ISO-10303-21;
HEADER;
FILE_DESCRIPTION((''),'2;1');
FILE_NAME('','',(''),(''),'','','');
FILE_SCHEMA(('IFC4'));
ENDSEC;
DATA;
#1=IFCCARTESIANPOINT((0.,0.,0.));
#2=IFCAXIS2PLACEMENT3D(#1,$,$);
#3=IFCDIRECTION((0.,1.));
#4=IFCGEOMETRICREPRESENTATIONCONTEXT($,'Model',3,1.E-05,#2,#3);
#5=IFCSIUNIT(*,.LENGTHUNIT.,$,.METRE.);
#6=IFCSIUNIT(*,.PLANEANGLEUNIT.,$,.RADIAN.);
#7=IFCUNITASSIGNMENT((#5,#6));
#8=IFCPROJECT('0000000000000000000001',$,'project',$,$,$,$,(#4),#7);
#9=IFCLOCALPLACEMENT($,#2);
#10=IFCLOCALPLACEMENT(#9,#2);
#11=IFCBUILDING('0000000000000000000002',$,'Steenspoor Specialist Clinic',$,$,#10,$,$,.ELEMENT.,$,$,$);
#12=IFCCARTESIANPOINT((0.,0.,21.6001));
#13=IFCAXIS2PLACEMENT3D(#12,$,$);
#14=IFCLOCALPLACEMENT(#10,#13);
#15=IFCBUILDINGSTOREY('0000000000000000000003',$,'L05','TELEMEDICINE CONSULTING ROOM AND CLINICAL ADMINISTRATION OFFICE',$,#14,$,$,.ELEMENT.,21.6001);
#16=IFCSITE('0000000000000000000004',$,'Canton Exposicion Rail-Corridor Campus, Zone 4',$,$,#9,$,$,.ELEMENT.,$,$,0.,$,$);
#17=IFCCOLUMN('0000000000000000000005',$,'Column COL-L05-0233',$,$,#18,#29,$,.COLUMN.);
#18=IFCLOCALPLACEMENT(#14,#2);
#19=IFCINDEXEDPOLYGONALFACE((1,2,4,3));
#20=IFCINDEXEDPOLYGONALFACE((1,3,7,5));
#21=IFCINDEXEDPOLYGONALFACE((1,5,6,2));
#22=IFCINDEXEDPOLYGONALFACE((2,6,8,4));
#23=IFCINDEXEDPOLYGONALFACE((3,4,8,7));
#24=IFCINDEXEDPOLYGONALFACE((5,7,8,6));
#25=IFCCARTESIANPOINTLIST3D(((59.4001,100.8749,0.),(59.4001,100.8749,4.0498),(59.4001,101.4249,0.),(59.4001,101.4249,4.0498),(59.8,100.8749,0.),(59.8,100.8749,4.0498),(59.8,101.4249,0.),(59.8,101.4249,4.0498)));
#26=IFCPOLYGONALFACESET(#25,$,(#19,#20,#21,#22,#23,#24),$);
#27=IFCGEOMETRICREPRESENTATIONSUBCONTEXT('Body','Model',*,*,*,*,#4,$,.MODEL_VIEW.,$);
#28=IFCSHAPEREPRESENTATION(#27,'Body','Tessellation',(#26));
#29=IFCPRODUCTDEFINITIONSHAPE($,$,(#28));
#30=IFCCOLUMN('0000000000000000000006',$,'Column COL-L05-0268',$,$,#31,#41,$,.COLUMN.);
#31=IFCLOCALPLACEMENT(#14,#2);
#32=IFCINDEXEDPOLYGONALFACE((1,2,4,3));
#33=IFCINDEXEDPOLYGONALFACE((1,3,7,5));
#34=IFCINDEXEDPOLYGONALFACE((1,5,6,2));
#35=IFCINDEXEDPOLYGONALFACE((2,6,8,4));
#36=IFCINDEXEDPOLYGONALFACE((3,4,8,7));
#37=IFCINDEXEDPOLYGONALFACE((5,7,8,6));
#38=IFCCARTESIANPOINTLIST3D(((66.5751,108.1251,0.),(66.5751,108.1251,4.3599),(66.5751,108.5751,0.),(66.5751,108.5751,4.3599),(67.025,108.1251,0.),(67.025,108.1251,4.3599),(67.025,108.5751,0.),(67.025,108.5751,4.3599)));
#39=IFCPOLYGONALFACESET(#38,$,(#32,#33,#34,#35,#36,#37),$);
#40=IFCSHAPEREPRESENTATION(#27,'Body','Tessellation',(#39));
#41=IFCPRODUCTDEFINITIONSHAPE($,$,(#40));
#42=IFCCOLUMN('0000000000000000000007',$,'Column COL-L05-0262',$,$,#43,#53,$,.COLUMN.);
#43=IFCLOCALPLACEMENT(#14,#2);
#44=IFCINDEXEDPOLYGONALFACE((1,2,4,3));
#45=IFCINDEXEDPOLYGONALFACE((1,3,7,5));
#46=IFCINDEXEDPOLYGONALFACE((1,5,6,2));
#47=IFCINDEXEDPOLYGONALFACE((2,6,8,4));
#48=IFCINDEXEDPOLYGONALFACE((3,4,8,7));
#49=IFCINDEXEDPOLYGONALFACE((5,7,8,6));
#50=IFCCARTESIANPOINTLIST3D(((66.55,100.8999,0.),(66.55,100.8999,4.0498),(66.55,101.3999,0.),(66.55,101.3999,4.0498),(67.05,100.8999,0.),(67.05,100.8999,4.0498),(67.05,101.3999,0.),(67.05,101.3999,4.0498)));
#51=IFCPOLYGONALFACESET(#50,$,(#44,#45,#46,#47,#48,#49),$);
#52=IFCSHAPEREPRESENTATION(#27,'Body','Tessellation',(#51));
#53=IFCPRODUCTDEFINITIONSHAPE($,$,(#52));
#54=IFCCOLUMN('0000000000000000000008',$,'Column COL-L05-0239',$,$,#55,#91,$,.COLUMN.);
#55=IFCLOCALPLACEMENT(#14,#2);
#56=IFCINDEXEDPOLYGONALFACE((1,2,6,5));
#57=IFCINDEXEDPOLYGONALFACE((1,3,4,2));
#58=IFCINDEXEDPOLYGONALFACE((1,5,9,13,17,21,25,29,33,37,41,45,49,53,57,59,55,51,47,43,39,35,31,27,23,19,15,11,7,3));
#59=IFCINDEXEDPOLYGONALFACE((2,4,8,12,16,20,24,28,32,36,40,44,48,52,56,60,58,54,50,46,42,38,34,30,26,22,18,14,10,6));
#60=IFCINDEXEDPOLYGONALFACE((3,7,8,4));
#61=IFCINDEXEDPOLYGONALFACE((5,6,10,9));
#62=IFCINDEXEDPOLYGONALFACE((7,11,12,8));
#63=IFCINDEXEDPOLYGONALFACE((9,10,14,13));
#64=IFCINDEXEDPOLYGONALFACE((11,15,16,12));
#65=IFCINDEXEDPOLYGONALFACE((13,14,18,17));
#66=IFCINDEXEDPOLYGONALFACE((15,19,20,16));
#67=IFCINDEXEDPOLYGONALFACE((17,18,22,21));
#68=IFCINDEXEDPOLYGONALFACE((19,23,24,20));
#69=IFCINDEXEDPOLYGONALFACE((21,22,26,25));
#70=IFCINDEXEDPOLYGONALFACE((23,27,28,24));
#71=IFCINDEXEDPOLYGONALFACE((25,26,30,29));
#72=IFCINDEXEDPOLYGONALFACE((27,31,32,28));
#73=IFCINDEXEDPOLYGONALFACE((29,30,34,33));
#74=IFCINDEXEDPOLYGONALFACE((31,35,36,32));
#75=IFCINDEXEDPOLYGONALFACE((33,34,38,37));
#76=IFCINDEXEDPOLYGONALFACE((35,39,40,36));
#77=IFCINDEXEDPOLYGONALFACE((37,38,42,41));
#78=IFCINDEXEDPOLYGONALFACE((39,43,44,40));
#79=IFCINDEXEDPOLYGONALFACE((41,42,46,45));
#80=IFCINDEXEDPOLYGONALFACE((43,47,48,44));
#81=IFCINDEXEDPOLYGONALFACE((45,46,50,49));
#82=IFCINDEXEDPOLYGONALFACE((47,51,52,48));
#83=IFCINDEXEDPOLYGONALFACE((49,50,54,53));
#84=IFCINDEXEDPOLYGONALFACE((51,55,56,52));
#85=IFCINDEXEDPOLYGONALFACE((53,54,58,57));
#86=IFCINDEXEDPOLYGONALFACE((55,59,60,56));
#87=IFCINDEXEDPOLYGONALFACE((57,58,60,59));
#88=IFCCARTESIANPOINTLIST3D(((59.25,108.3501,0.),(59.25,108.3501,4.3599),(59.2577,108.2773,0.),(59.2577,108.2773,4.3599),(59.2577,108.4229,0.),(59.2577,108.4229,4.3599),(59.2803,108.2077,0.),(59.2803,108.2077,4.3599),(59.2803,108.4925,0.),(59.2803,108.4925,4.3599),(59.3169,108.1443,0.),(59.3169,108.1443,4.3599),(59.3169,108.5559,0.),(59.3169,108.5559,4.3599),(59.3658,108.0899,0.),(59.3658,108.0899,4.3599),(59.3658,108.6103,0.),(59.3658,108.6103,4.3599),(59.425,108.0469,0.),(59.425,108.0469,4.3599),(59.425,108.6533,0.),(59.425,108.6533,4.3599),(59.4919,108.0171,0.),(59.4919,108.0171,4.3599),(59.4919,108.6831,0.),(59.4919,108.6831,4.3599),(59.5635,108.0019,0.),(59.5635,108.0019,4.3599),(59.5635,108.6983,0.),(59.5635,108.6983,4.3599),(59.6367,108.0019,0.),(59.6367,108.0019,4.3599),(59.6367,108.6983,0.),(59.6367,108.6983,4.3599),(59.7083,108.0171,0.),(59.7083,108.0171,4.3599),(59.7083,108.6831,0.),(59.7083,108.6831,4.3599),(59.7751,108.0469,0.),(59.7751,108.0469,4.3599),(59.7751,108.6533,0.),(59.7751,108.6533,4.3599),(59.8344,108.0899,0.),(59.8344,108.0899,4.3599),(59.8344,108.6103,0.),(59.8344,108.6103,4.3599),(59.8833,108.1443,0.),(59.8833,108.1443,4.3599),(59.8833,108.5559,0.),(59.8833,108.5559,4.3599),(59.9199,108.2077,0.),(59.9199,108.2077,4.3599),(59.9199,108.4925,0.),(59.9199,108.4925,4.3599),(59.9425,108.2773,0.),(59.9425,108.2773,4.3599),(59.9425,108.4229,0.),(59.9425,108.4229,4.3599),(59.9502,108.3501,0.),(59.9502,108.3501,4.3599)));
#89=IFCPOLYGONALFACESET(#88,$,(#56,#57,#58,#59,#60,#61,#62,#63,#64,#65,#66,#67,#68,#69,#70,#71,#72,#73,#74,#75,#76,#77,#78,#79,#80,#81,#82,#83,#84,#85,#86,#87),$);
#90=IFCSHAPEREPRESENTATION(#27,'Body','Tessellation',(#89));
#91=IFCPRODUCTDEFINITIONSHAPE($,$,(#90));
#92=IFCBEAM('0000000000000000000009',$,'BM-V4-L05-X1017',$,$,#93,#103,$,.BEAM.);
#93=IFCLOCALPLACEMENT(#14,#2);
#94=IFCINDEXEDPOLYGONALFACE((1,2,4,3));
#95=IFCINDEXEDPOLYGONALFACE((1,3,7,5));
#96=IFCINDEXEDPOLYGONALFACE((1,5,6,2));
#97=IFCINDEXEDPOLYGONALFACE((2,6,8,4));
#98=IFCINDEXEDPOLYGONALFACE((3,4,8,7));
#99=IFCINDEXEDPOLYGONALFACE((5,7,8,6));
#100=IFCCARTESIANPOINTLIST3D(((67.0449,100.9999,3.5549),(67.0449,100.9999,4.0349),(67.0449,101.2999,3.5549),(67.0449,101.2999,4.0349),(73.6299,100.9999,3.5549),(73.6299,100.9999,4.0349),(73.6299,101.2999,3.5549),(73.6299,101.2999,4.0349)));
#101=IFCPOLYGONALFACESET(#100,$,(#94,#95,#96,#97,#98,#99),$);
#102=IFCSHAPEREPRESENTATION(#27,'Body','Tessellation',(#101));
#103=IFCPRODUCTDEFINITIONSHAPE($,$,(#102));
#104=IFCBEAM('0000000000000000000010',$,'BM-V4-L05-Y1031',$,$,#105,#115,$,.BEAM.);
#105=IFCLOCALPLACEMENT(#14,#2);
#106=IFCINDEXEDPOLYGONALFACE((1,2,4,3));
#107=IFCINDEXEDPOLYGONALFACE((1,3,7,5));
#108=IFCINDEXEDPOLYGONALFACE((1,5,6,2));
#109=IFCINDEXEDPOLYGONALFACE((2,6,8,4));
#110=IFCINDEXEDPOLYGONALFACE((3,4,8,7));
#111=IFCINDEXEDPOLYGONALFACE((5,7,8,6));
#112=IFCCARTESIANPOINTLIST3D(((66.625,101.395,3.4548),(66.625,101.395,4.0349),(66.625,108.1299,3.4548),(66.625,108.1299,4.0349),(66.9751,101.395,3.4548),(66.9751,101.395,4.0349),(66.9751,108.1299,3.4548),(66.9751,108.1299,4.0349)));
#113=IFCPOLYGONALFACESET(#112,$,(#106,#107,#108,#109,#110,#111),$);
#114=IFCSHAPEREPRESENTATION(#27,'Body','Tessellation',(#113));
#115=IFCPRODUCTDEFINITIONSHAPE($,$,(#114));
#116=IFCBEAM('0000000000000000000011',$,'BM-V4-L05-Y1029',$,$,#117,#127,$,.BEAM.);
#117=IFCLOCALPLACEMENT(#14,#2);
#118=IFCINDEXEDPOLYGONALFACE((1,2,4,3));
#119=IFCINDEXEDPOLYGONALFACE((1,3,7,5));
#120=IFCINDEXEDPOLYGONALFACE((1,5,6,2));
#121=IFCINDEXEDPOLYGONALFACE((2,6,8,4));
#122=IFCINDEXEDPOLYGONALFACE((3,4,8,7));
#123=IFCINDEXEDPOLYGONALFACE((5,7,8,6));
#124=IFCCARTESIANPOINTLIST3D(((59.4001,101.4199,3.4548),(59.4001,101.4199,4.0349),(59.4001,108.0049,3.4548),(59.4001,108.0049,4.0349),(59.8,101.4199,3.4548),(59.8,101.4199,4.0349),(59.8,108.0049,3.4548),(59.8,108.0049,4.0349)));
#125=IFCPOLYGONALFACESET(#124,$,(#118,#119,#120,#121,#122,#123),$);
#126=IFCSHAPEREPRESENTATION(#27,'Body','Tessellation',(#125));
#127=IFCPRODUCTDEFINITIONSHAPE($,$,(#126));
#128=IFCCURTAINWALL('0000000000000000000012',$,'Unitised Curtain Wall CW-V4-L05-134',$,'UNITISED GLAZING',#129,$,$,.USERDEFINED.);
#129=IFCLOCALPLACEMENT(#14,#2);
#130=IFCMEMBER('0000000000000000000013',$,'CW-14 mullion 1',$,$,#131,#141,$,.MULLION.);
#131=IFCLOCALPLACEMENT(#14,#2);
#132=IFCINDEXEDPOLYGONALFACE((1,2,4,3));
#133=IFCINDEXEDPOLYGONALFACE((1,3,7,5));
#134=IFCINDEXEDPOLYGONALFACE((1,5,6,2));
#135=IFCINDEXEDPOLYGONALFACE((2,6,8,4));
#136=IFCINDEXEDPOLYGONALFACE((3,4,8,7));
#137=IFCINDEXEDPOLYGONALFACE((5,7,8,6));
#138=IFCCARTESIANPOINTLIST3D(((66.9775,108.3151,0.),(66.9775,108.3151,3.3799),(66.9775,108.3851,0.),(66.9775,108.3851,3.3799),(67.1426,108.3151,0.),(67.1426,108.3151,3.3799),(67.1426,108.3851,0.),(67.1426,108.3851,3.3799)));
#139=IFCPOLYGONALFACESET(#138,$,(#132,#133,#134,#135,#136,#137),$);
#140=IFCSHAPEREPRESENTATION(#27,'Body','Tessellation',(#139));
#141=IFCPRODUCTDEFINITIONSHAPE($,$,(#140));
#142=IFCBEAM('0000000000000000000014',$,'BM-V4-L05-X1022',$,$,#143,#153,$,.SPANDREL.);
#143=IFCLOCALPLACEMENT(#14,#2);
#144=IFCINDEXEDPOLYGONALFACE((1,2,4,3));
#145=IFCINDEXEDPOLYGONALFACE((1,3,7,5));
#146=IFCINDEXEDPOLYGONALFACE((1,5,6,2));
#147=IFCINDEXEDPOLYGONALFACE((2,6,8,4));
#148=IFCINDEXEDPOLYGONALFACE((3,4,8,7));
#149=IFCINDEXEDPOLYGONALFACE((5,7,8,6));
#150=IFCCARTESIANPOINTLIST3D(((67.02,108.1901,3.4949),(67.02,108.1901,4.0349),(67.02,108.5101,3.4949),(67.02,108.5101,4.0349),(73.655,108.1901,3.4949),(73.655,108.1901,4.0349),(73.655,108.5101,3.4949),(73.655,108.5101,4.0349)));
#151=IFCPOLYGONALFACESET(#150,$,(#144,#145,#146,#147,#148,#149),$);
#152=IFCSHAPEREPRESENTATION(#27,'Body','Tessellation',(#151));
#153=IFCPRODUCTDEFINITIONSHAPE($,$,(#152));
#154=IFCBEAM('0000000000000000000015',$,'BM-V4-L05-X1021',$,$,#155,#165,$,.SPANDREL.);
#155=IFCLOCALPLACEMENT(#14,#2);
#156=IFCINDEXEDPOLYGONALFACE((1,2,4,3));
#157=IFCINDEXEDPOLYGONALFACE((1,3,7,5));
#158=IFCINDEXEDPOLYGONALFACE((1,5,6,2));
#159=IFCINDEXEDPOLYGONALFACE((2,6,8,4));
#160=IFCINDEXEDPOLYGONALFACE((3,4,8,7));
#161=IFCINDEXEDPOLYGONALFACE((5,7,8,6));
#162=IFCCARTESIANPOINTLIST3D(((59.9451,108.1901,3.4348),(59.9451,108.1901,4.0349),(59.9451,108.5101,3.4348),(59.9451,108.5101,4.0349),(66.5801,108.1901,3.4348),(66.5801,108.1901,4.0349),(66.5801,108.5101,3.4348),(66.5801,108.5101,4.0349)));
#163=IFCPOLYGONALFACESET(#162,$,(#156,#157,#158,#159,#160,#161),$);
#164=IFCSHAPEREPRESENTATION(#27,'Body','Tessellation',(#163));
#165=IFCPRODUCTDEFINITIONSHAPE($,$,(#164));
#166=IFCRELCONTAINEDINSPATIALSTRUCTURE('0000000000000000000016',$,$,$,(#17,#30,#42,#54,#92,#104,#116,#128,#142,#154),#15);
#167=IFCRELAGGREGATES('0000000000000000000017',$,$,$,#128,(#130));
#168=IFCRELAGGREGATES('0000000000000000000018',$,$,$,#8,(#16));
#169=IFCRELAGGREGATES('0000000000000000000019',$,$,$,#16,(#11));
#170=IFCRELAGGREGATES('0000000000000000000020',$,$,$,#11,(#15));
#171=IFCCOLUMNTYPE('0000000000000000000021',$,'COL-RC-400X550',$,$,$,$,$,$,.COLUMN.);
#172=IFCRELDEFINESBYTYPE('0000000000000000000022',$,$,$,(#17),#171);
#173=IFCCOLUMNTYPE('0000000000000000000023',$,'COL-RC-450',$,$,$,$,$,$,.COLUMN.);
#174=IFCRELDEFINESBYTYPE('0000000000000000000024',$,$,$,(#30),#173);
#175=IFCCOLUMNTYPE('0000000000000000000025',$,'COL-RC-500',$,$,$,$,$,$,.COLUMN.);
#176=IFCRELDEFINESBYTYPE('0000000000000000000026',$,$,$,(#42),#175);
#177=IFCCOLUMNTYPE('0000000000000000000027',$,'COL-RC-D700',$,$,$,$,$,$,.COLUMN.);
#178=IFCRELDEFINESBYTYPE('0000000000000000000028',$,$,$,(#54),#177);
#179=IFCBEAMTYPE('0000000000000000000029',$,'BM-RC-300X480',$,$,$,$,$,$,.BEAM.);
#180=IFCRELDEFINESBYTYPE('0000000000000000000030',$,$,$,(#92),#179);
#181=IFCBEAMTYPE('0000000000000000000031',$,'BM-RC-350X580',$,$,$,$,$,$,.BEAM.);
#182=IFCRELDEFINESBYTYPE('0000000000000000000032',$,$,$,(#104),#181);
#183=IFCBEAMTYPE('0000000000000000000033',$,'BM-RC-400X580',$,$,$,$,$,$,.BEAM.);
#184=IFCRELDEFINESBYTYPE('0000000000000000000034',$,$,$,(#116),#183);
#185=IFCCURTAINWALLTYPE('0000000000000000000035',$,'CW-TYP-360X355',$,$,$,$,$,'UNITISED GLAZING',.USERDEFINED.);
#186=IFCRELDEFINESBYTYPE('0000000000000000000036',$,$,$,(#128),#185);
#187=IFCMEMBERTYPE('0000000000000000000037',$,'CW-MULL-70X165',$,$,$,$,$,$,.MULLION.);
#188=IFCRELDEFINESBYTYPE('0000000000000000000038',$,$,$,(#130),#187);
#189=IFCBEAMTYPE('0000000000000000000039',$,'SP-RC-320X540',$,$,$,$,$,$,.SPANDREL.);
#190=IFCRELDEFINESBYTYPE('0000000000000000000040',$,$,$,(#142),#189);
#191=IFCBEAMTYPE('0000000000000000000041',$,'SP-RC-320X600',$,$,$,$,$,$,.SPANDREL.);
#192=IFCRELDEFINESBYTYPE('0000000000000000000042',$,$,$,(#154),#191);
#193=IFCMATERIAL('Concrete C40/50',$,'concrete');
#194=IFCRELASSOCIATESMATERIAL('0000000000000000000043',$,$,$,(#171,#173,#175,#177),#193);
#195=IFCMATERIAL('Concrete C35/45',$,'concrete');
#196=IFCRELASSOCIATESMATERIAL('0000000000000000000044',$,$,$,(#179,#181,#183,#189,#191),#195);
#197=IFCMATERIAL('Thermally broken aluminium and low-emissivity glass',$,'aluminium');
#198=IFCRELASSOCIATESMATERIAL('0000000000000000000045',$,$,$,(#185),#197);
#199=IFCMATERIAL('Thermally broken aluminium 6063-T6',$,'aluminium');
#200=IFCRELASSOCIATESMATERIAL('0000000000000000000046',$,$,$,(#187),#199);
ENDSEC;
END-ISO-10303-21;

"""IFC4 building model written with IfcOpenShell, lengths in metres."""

from ifc_helpers import new_model, si_unit, direction, frame, origin, origin_2d, place, context, subcontext, project, spatial, rectangle, circle, extrude, material, material_profile, profile_set, type_object, element, aggregate, save


model = new_model("IFC4")

# Units and contexts
model_context = context("Model", 3, precision=1e-05, world=origin(), true_north=direction((0.0, 1.0)))
body_context = subcontext(model_context, "Body", "Model", "MODEL_VIEW")
ifc_project = project(units=[si_unit("LENGTHUNIT", "METRE"), si_unit("PLANEANGLEUNIT", "RADIAN")], contexts=[model_context])

# Site, building, storey
site_placement = place(None, origin())
site = spatial("IfcSite", under=ifc_project, at=site_placement, Name="Canton Exposicion Rail-Corridor Campus, Zone 4", CompositionType="ELEMENT", RefElevation=0.0)
building_placement = place(site_placement, origin())
building = spatial("IfcBuilding", under=site, at=building_placement, Name="Steenspoor Specialist Clinic", CompositionType="ELEMENT")
storey_placement = place(building_placement, frame((0.0, 0.0, 21.6001)))
storey = spatial("IfcBuildingStorey", under=building, at=storey_placement, Name="L05", Description="TELEMEDICINE CONSULTING ROOM AND CLINICAL ADMINISTRATION OFFICE", CompositionType="ELEMENT", Elevation=21.6001)

# Columns
ifc_material_1 = material(Name="Concrete C40/50", Category="concrete")
ifc_material_profile_1 = material_profile(ifc_material_1, rectangle(XDim=0.3999, YDim=0.55, at=origin_2d()), Name="RC-COL-400X550")
ifc_profile_set_1 = profile_set([ifc_material_profile_1], Name="Concrete C40/50")
column_type_1 = type_object("IfcColumnType", Name="COL-RC-400X550", PredefinedType="COLUMN", material=ifc_profile_set_1)
column_1_placement = place(storey_placement, frame((59.6001, 101.1499, 0.0), z_axis=(0.0, 0.0, 1.0), x_axis=(1.0, 0.0, 0.0)))
element("IfcColumn", 1, at=column_1_placement, inside=storey, type_object=column_type_1, Name="Column COL-L05-0233", PredefinedType="COLUMN", context=body_context, shape_type="SweptSolid", body=[
    extrude(rectangle(XDim=0.3999, YDim=0.55, at=origin_2d()), origin(), (0.0, 0.0, 1.0), 4.0498),
])
ifc_material_profile_2 = material_profile(ifc_material_1, rectangle(XDim=0.45, YDim=0.45, at=origin_2d()), Name="RC-COL-450X450")
ifc_profile_set_2 = profile_set([ifc_material_profile_2], Name="Concrete C40/50")
column_type_2 = type_object("IfcColumnType", Name="COL-RC-450", PredefinedType="COLUMN", material=ifc_profile_set_2)
column_2_placement = place(storey_placement, frame((66.8, 108.3501, 0.0), z_axis=(0.0, 0.0, 1.0), x_axis=(1.0, 0.0, 0.0)))
element("IfcColumn", 2, at=column_2_placement, inside=storey, type_object=column_type_2, Name="Column COL-L05-0268", PredefinedType="COLUMN", context=body_context, shape_type="SweptSolid", body=[
    extrude(rectangle(XDim=0.45, YDim=0.45, at=origin_2d()), origin(), (0.0, 0.0, 1.0), 4.3599),
])
ifc_material_profile_3 = material_profile(ifc_material_1, rectangle(XDim=0.5, YDim=0.5, at=origin_2d()), Name="RC-COL-500X500")
ifc_profile_set_3 = profile_set([ifc_material_profile_3], Name="Concrete C40/50")
column_type_3 = type_object("IfcColumnType", Name="COL-RC-500", PredefinedType="COLUMN", material=ifc_profile_set_3)
column_3_placement = place(storey_placement, frame((66.8, 101.1499, 0.0), z_axis=(0.0, 0.0, 1.0), x_axis=(1.0, 0.0, 0.0)))
element("IfcColumn", 3, at=column_3_placement, inside=storey, type_object=column_type_3, Name="Column COL-L05-0262", PredefinedType="COLUMN", context=body_context, shape_type="SweptSolid", body=[
    extrude(rectangle(XDim=0.5, YDim=0.5, at=origin_2d()), origin(), (0.0, 0.0, 1.0), 4.0498),
])
ifc_material_profile_4 = material_profile(ifc_material_1, circle(Radius=0.3501, at=origin_2d()), Name="RC-COL-D700")
ifc_profile_set_4 = profile_set([ifc_material_profile_4], Name="Concrete C40/50")
column_type_4 = type_object("IfcColumnType", Name="COL-RC-D700", PredefinedType="COLUMN", material=ifc_profile_set_4)
column_4_placement = place(storey_placement, frame((59.6001, 108.3501, 0.0), z_axis=(0.0, 0.0, 1.0), x_axis=(1.0, 0.0, 0.0)))
element("IfcColumn", 4, at=column_4_placement, inside=storey, type_object=column_type_4, Name="Column COL-L05-0239", PredefinedType="COLUMN", context=body_context, shape_type="SweptSolid", body=[
    extrude(circle(Radius=0.3501, at=origin_2d()), origin(), (0.0, 0.0, 1.0), 4.3599),
])

# Beams
ifc_material_2 = material(Name="Concrete C35/45", Category="concrete")
ifc_material_profile_5 = material_profile(ifc_material_2, rectangle(XDim=0.3, YDim=0.48, at=origin_2d()), Name="RC-BM-300X480")
ifc_profile_set_5 = profile_set([ifc_material_profile_5], Name="Concrete C35/45")
beam_type_1 = type_object("IfcBeamType", Name="BM-RC-300X480", PredefinedType="BEAM", material=ifc_profile_set_5)
beam_1_placement = place(storey_placement, frame((67.0449, 101.1499, 3.7949), z_axis=(1.0, 0.0, 0.0), x_axis=(0.0, 1.0, 0.0)))
element("IfcBeam", 5, at=beam_1_placement, inside=storey, type_object=beam_type_1, Name="BM-V4-L05-X1017", PredefinedType="BEAM", context=body_context, shape_type="SweptSolid", body=[
    extrude(rectangle(XDim=0.3, YDim=0.48, at=origin_2d()), origin(), (0.0, 0.0, 1.0), 6.585),
])
ifc_material_profile_6 = material_profile(ifc_material_2, rectangle(XDim=0.3501, YDim=0.5801, at=origin_2d()), Name="RC-BM-350X580")
ifc_profile_set_6 = profile_set([ifc_material_profile_6], Name="Concrete C35/45")
beam_type_2 = type_object("IfcBeamType", Name="BM-RC-350X580", PredefinedType="BEAM", material=ifc_profile_set_6)
beam_2_placement = place(storey_placement, frame((66.8, 101.395, 3.7449), z_axis=(0.0, 1.0, 0.0), x_axis=(-1.0, 0.0, 0.0)))
element("IfcBeam", 6, at=beam_2_placement, inside=storey, type_object=beam_type_2, Name="BM-V4-L05-Y1031", PredefinedType="BEAM", context=body_context, shape_type="SweptSolid", body=[
    extrude(rectangle(XDim=0.3501, YDim=0.5801, at=origin_2d()), origin(), (0.0, 0.0, 1.0), 6.7349),
])
ifc_material_profile_7 = material_profile(ifc_material_2, rectangle(XDim=0.3999, YDim=0.5801, at=origin_2d()), Name="RC-BM-400X580")
ifc_profile_set_7 = profile_set([ifc_material_profile_7], Name="Concrete C35/45")
beam_type_3 = type_object("IfcBeamType", Name="BM-RC-400X580", PredefinedType="BEAM", material=ifc_profile_set_7)
beam_3_placement = place(storey_placement, frame((59.6001, 101.4199, 3.7449), z_axis=(0.0, 1.0, 0.0), x_axis=(-1.0, 0.0, 0.0)))
element("IfcBeam", 7, at=beam_3_placement, inside=storey, type_object=beam_type_3, Name="BM-V4-L05-Y1029", PredefinedType="BEAM", context=body_context, shape_type="SweptSolid", body=[
    extrude(rectangle(XDim=0.3999, YDim=0.5801, at=origin_2d()), origin(), (0.0, 0.0, 1.0), 6.585),
])

# Curtain wall, member
ifc_material_3 = material(Name="Thermally broken aluminium and low-emissivity glass", Category="aluminium")
curtain_wall_type = type_object("IfcCurtainWallType", Name="CW-TYP-360X355", ElementType="UNITISED GLAZING", PredefinedType="USERDEFINED", material=ifc_material_3)
curtain_wall_placement = place(storey_placement, origin())
curtain_wall = element("IfcCurtainWall", 8, at=curtain_wall_placement, inside=storey, type_object=curtain_wall_type, Name="Unitised Curtain Wall CW-V4-L05-134", ObjectType="UNITISED GLAZING", PredefinedType="USERDEFINED")
ifc_material_4 = material(Name="Thermally broken aluminium 6063-T6", Category="aluminium")
ifc_material_profile_8 = material_profile(ifc_material_4, rectangle(XDim=0.0701, YDim=0.165, at=origin_2d()), Name="CWM-70X165")
ifc_profile_set_8 = profile_set([ifc_material_profile_8], Name="Thermally broken aluminium 6063-T6")
member_type = type_object("IfcMemberType", Name="CW-MULL-70X165", PredefinedType="MULLION", material=ifc_profile_set_8)
member_placement = place(storey_placement, frame((67.0601, 108.3501, 0.0), z_axis=(0.0, 0.0, 1.0), x_axis=(0.0, 1.0, 0.0)))
member = element("IfcMember", 9, at=member_placement, type_object=member_type, Name="CW-14 mullion 1", PredefinedType="MULLION", context=body_context, shape_type="SweptSolid", body=[
    extrude(rectangle(XDim=0.0701, YDim=0.165, at=origin_2d()), origin(), (0.0, 0.0, 1.0), 3.3799),
])
aggregate(curtain_wall, [member])

# Beams
ifc_material_profile_9 = material_profile(ifc_material_2, rectangle(XDim=0.3201, YDim=0.54, at=origin_2d()), Name="RC-SP-320X540")
ifc_profile_set_9 = profile_set([ifc_material_profile_9], Name="Concrete C35/45")
beam_type_4 = type_object("IfcBeamType", Name="SP-RC-320X540", PredefinedType="SPANDREL", material=ifc_profile_set_9)
beam_4_placement = place(storey_placement, frame((67.02, 108.3501, 3.7649), z_axis=(1.0, 0.0, 0.0), x_axis=(0.0, 1.0, 0.0)))
element("IfcBeam", 10, at=beam_4_placement, inside=storey, type_object=beam_type_4, Name="BM-V4-L05-X1022", PredefinedType="SPANDREL", context=body_context, shape_type="SweptSolid", body=[
    extrude(rectangle(XDim=0.3201, YDim=0.54, at=origin_2d()), origin(), (0.0, 0.0, 1.0), 6.635),
])
ifc_material_profile_10 = material_profile(ifc_material_2, rectangle(XDim=0.3201, YDim=0.6001, at=origin_2d()), Name="RC-SP-320X600")
ifc_profile_set_10 = profile_set([ifc_material_profile_10], Name="Concrete C35/45")
beam_type_5 = type_object("IfcBeamType", Name="SP-RC-320X600", PredefinedType="SPANDREL", material=ifc_profile_set_10)
beam_5_placement = place(storey_placement, frame((59.9451, 108.3501, 3.7349), z_axis=(1.0, 0.0, 0.0), x_axis=(0.0, 1.0, 0.0)))
element("IfcBeam", 11, at=beam_5_placement, inside=storey, type_object=beam_type_5, Name="BM-V4-L05-X1021", PredefinedType="SPANDREL", context=body_context, shape_type="SweptSolid", body=[
    extrude(rectangle(XDim=0.3201, YDim=0.6001, at=origin_2d()), origin(), (0.0, 0.0, 1.0), 6.635),
])

save(model, "model.ifc")
